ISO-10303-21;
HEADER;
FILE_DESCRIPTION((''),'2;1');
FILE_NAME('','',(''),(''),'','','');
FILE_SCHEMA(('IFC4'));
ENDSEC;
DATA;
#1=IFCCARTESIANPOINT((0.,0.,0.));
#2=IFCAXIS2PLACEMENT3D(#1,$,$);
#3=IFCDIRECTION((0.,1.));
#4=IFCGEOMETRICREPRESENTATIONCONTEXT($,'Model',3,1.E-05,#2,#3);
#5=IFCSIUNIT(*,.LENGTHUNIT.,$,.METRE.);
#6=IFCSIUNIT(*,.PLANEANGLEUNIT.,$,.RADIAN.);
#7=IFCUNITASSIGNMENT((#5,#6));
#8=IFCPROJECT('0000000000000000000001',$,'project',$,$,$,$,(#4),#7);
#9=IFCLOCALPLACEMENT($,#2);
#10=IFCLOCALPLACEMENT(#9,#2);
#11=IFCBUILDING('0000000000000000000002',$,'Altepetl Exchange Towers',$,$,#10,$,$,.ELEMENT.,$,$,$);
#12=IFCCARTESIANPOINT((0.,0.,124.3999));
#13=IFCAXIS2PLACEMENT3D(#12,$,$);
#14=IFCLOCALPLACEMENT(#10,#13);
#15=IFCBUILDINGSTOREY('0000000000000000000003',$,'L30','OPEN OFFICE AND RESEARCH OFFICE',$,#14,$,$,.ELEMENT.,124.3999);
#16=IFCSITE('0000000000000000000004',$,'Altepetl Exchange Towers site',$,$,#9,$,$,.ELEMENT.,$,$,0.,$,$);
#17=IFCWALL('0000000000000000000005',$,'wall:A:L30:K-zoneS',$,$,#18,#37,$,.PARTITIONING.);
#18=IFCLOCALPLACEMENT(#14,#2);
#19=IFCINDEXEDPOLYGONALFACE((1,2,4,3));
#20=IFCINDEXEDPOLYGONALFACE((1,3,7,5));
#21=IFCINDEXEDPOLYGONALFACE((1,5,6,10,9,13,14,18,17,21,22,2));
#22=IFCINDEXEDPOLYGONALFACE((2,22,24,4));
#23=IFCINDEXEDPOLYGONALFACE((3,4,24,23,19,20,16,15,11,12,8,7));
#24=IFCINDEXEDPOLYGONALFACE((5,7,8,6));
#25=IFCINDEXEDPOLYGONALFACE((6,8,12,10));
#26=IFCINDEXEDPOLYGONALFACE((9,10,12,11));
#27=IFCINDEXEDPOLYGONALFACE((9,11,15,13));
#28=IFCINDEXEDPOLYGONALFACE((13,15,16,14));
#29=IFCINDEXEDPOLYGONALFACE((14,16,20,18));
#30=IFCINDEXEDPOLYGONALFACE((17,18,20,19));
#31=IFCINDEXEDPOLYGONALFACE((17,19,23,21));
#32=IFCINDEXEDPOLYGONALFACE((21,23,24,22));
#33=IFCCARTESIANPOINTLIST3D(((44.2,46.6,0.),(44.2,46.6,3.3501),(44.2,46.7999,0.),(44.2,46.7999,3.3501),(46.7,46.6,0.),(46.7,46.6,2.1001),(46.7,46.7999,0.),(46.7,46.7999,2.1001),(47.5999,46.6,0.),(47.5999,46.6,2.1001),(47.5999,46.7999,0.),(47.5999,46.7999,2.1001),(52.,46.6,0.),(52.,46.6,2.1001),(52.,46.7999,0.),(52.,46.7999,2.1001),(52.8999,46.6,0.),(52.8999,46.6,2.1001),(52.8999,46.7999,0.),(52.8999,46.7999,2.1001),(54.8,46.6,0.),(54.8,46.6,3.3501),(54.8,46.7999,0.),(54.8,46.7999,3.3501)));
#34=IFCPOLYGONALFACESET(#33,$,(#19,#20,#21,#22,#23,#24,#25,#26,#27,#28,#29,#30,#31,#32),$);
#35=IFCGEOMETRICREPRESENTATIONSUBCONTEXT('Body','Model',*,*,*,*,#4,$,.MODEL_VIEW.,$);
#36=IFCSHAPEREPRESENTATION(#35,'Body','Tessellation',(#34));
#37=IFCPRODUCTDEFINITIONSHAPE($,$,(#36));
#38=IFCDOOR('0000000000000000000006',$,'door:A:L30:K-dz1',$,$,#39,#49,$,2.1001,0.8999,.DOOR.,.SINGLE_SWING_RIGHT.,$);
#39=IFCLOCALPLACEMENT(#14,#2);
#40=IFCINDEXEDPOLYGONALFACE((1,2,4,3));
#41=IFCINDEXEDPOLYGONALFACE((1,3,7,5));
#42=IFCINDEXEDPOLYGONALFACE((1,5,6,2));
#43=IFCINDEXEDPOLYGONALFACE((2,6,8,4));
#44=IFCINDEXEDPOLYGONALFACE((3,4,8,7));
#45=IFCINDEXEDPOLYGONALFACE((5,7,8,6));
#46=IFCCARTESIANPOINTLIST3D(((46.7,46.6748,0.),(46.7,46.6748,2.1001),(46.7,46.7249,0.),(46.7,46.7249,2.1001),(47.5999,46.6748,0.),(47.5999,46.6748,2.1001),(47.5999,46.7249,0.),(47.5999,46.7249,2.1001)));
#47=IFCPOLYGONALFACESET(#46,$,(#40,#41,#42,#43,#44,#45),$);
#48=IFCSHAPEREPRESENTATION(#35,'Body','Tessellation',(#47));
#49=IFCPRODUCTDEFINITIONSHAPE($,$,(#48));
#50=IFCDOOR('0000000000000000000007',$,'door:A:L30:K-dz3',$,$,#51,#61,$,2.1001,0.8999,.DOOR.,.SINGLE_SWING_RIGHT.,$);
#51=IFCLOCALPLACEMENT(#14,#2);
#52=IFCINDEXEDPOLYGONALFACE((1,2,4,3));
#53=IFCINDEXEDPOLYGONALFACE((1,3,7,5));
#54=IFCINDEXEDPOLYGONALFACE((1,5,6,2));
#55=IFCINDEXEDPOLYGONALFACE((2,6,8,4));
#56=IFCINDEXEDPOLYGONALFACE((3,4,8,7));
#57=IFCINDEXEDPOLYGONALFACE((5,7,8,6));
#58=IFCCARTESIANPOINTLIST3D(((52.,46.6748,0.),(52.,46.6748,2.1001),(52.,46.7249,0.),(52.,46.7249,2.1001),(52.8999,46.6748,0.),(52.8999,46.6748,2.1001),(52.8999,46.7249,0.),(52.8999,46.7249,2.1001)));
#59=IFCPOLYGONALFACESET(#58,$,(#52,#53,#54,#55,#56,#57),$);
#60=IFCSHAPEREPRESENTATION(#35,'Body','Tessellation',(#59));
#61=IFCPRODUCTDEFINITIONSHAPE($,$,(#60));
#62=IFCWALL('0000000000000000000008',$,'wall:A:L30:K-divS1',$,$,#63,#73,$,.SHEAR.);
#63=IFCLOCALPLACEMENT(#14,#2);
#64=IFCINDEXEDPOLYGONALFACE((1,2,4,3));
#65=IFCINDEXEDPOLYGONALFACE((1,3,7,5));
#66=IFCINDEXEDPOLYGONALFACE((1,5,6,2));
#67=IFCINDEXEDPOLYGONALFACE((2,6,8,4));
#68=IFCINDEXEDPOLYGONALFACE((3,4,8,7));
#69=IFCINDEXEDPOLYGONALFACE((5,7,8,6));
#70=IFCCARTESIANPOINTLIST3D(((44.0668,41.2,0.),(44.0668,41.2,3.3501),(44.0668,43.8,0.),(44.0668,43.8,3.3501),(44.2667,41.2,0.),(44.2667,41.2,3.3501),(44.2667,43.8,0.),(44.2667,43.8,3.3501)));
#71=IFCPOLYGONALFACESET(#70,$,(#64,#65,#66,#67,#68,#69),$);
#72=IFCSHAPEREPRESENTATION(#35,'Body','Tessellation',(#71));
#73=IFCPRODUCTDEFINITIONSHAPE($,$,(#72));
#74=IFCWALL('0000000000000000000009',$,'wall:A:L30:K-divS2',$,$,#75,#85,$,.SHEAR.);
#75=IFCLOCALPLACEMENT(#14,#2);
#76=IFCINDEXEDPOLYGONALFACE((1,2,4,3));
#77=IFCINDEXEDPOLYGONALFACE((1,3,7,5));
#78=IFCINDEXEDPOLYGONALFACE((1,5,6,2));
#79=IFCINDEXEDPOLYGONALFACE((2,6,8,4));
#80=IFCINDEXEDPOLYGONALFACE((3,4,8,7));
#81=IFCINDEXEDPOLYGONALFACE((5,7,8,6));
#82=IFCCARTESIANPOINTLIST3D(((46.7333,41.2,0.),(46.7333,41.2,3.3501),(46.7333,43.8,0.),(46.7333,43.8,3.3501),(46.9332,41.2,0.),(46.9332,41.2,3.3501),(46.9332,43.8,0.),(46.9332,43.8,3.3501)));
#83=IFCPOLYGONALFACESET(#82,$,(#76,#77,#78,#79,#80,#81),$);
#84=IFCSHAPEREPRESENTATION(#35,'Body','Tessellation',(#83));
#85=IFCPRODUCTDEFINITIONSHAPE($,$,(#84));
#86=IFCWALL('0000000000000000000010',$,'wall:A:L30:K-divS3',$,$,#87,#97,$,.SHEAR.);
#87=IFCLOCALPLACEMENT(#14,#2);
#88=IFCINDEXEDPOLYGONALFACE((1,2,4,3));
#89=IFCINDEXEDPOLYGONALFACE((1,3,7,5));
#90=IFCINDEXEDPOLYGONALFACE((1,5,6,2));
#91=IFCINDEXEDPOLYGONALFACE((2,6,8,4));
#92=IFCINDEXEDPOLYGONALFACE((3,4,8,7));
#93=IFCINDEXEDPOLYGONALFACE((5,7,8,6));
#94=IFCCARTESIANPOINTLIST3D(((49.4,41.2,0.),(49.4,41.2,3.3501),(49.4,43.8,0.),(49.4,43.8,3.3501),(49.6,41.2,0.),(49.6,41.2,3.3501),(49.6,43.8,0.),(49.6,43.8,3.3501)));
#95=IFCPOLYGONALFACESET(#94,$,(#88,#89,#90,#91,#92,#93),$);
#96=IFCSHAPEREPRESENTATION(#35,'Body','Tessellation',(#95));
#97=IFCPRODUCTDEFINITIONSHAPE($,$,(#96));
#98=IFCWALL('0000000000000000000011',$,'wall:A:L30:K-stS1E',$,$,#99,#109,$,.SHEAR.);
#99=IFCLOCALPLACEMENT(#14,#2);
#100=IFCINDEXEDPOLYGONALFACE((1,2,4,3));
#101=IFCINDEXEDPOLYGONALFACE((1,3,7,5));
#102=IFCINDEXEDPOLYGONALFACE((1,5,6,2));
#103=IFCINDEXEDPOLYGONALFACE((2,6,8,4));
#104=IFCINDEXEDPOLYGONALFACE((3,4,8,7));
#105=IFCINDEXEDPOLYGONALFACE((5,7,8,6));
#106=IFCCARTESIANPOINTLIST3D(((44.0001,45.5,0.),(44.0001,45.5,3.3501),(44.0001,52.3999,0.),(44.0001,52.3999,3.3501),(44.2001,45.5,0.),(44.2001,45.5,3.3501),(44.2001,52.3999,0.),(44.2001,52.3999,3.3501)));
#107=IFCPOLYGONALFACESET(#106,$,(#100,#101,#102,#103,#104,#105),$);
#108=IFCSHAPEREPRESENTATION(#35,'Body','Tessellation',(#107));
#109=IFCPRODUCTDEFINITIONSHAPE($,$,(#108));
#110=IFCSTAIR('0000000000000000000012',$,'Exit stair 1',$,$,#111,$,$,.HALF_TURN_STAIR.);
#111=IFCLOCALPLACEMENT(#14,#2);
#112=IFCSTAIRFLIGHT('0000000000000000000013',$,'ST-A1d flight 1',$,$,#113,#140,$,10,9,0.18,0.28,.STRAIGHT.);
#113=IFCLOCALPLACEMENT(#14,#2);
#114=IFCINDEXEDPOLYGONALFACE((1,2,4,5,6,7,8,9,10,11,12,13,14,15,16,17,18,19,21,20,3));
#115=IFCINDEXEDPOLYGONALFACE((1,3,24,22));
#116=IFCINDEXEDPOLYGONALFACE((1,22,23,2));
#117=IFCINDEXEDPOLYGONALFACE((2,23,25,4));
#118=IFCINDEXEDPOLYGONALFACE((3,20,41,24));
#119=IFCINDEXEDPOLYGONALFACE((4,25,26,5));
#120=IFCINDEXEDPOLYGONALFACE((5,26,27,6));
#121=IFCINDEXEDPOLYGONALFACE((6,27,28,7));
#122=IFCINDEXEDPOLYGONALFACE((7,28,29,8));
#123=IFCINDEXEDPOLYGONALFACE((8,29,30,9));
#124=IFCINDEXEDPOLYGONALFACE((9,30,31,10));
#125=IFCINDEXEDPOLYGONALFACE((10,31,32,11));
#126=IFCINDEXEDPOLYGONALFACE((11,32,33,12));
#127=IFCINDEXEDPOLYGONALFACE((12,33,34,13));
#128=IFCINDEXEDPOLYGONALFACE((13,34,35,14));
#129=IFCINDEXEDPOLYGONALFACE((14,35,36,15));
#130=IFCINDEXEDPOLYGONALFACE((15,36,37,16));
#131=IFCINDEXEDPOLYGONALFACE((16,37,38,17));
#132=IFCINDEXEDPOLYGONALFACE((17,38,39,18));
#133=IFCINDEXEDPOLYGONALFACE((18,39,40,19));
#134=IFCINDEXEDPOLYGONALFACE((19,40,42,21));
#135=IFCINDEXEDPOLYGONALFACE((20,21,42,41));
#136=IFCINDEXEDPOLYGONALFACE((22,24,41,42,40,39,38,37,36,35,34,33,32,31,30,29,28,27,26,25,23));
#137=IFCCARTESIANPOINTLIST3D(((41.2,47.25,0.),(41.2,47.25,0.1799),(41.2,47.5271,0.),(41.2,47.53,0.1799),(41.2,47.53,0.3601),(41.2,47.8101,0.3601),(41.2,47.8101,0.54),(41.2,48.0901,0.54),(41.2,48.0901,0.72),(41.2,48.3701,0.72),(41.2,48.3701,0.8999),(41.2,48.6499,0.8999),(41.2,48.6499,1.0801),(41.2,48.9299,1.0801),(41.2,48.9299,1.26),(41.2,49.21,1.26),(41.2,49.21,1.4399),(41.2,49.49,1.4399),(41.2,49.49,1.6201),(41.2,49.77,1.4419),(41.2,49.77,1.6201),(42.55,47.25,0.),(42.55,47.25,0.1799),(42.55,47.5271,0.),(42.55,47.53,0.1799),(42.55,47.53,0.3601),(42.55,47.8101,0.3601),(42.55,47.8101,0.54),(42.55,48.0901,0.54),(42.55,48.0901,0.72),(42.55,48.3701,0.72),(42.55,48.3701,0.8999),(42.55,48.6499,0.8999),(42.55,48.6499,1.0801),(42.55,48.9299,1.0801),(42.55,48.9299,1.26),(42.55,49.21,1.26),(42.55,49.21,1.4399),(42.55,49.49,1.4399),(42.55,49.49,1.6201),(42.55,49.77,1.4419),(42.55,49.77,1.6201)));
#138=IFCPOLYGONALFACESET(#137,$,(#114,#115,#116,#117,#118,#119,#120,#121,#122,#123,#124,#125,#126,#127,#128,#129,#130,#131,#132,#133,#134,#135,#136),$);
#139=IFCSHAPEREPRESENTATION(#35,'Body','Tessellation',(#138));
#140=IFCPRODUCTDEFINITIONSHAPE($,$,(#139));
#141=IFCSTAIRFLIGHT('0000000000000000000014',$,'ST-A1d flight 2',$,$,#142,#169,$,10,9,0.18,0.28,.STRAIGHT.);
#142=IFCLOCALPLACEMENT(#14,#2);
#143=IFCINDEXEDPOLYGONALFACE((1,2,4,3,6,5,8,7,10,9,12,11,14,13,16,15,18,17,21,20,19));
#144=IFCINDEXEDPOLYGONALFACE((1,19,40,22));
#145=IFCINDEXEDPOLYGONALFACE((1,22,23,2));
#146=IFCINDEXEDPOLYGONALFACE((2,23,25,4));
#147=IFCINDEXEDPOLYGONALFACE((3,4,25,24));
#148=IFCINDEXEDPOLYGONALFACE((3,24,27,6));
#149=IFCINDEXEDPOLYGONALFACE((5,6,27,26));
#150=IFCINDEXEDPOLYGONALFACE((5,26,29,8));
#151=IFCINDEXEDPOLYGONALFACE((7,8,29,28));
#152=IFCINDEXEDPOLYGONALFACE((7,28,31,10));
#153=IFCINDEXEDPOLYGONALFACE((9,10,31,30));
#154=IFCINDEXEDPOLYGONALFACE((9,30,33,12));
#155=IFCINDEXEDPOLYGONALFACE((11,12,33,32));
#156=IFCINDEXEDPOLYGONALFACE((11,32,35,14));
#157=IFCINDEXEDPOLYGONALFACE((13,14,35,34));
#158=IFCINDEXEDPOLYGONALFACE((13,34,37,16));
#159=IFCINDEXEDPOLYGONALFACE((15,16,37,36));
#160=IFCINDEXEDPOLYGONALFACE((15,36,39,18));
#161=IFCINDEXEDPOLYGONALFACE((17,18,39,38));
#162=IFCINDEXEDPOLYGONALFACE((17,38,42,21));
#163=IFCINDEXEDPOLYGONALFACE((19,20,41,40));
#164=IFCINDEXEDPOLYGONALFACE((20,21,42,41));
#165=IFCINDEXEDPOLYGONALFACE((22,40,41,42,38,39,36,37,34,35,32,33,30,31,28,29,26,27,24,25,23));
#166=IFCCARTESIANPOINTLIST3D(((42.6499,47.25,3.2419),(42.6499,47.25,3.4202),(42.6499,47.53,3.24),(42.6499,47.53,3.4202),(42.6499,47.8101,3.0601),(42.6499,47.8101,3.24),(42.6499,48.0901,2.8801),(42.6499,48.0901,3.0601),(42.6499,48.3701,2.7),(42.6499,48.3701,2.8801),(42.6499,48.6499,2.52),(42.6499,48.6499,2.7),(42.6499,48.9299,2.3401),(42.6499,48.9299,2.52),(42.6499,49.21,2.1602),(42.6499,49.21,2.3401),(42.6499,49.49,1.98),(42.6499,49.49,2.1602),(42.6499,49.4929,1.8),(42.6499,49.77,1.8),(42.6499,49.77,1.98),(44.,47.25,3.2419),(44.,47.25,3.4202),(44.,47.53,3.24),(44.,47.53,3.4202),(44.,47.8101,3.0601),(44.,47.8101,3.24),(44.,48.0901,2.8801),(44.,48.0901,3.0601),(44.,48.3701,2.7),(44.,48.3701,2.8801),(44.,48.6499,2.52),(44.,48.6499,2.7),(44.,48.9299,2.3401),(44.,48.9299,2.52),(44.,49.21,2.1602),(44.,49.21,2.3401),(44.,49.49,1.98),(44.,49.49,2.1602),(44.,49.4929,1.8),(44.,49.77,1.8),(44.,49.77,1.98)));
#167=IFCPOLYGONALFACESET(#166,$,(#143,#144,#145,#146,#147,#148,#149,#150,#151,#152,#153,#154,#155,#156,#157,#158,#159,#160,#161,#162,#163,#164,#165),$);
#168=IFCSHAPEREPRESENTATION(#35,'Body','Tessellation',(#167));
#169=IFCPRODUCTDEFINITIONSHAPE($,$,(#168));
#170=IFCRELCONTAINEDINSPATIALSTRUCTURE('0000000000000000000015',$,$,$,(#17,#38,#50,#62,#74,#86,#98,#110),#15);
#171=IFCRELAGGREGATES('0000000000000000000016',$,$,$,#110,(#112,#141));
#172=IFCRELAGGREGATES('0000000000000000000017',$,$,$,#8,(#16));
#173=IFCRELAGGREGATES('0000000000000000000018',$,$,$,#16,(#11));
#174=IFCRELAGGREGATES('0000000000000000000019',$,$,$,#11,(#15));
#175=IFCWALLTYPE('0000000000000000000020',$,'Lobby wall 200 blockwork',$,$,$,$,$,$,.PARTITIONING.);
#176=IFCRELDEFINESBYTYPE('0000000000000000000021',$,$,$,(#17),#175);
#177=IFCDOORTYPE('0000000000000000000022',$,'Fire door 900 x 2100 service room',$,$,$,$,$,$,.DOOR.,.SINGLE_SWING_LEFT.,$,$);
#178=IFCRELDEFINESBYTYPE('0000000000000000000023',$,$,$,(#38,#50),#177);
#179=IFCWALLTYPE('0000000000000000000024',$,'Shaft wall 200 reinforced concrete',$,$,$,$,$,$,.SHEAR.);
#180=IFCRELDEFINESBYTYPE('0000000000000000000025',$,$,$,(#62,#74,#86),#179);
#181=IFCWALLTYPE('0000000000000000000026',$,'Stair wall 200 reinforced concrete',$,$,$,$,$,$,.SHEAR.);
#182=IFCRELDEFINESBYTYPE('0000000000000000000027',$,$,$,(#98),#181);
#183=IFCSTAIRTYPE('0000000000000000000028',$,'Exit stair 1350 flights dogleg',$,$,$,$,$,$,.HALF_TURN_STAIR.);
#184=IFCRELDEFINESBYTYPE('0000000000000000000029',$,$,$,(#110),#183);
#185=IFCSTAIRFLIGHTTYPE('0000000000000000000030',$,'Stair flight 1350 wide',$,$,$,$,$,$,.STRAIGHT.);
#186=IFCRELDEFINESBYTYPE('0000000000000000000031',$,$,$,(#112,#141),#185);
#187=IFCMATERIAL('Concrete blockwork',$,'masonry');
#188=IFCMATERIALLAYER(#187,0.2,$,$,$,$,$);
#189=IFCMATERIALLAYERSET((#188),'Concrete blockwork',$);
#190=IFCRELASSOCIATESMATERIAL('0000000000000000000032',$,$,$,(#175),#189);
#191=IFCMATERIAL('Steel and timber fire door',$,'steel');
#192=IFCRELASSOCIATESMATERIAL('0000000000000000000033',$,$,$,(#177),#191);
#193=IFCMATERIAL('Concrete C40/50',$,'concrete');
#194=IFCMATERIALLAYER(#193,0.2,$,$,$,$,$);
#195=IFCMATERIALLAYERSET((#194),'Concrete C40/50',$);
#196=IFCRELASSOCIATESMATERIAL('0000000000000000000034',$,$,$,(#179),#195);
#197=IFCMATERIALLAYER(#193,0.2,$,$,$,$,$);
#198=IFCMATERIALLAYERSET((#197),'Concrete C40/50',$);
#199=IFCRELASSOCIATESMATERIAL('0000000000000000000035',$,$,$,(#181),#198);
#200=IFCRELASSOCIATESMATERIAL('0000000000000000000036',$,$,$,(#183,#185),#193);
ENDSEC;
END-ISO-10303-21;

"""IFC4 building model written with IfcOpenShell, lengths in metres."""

from ifc_helpers import new_model, si_unit, direction, frame, frame_2d, origin, place, context, subcontext, project, spatial, polyline, rectangle, outline, extrude, material, layer, layer_set, type_object, element, fill, aggregate, save


model = new_model("IFC4")

# Units and contexts
model_context = context("Model", 3, precision=1e-05, world=origin(), true_north=direction((0.0, 1.0)))
body_context = subcontext(model_context, "Body", "Model", "MODEL_VIEW")
ifc_project = project(units=[si_unit("LENGTHUNIT", "METRE"), si_unit("PLANEANGLEUNIT", "RADIAN")], contexts=[model_context])

# Site, building, storey
site_placement = place(None, origin())
site = spatial("IfcSite", under=ifc_project, at=site_placement, Name="Altepetl Exchange Towers site", CompositionType="ELEMENT", RefElevation=0.0)
building_placement = place(site_placement, origin())
building = spatial("IfcBuilding", under=site, at=building_placement, Name="Altepetl Exchange Towers", CompositionType="ELEMENT")
storey_placement = place(building_placement, frame((0.0, 0.0, 124.3999)))
storey = spatial("IfcBuildingStorey", under=building, at=storey_placement, Name="L30", Description="OPEN OFFICE AND RESEARCH OFFICE", CompositionType="ELEMENT", Elevation=124.3999)

# Shared definitions
ifc_material_1 = material(Name="Concrete blockwork", Category="masonry")
ifc_layer_1 = layer(ifc_material_1, 0.2)
ifc_layer_set_1 = layer_set([ifc_layer_1], Name="Concrete blockwork")
wall_type_1 = type_object("IfcWallType", Name="Lobby wall 200 blockwork", PredefinedType="PARTITIONING", material=ifc_layer_set_1)

# Shared definitions
ifc_material_2 = material(Name="Steel and timber fire door", Category="steel")

# Wall, openings, doors
door_type_1 = type_object("IfcDoorType", Name="Fire door 900 x 2100 service room", OperationType="SINGLE_SWING_LEFT", PredefinedType="DOOR", material=ifc_material_2)
wall_1_placement = place(storey_placement, frame((44.2, 46.7, 0.0)))
wall_1 = element("IfcWall", 1, at=wall_1_placement, inside=storey, type_object=wall_type_1, Name="wall:A:L30:K-zoneS", PredefinedType="PARTITIONING", context=body_context, shape_type="SweptSolid", body=[
    extrude(rectangle(XDim=10.6001, YDim=0.2, at=frame_2d((5.3, 0.0))), origin(), (0.0, 0.0, 1.0), 3.3501),
])
opening_1_placement = place(wall_1_placement, frame((2.5, 0.0, 0.0)))
opening_1 = element("IfcOpeningElement", 2, at=opening_1_placement, cuts=wall_1, PredefinedType="OPENING", context=body_context, shape_type="SweptSolid", body=[
    extrude(rectangle(XDim=0.8999, YDim=2.1001, at=frame_2d((0.45, 1.05))), frame((0.0, 0.1099, 0.0), z_axis=(0.0, -1.0, 0.0), x_axis=(1.0, 0.0, 0.0)), (0.0, 0.0, 1.0), 0.22),
])
opening_2_placement = place(wall_1_placement, frame((7.8, 0.0, 0.0)))
opening_2 = element("IfcOpeningElement", 3, at=opening_2_placement, cuts=wall_1, PredefinedType="OPENING", context=body_context, shape_type="SweptSolid", body=[
    extrude(rectangle(XDim=0.8999, YDim=2.1001, at=frame_2d((0.45, 1.05))), frame((0.0, 0.1099, 0.0), z_axis=(0.0, -1.0, 0.0), x_axis=(1.0, 0.0, 0.0)), (0.0, 0.0, 1.0), 0.22),
])
door_1_placement = place(opening_1_placement, origin())
door_1 = element("IfcDoor", 4, at=door_1_placement, inside=storey, type_object=door_type_1, Name="door:A:L30:K-dz1", OperationType="SINGLE_SWING_RIGHT", OverallHeight=2.1001, OverallWidth=0.8999, PredefinedType="DOOR", context=body_context, shape_type="SweptSolid", body=[
    extrude(rectangle(XDim=0.8999, YDim=2.1001, at=frame_2d((0.45, 1.05))), frame((0.0, 0.0249, 0.0), z_axis=(0.0, -1.0, 0.0), x_axis=(1.0, 0.0, 0.0)), (0.0, 0.0, 1.0), 0.05),
])
fill(opening_1, door_1)
door_2_placement = place(opening_2_placement, origin())
door_2 = element("IfcDoor", 5, at=door_2_placement, inside=storey, type_object=door_type_1, Name="door:A:L30:K-dz3", OperationType="SINGLE_SWING_RIGHT", OverallHeight=2.1001, OverallWidth=0.8999, PredefinedType="DOOR", context=body_context, shape_type="SweptSolid", body=[
    extrude(rectangle(XDim=0.8999, YDim=2.1001, at=frame_2d((0.45, 1.05))), frame((0.0, 0.0249, 0.0), z_axis=(0.0, -1.0, 0.0), x_axis=(1.0, 0.0, 0.0)), (0.0, 0.0, 1.0), 0.05),
])
fill(opening_2, door_2)

# Walls
ifc_material_3 = material(Name="Concrete C40/50", Category="concrete")
ifc_layer_2 = layer(ifc_material_3, 0.2)
ifc_layer_set_2 = layer_set([ifc_layer_2], Name="Concrete C40/50")
wall_type_2 = type_object("IfcWallType", Name="Shaft wall 200 reinforced concrete", PredefinedType="SHEAR", material=ifc_layer_set_2)
for number, where, z_axis, x_axis, name in (
    (6, (44.1667, 41.2, 0.0), (0.0, 0.0, 1.0), (0.0, 1.0, 0.0), "wall:A:L30:K-divS1"),
    (7, (46.8333, 41.2, 0.0), (0.0, 0.0, 1.0), (0.0, 1.0, 0.0), "wall:A:L30:K-divS2"),
    (8, (49.5, 41.2, 0.0), (0.0, 0.0, 1.0), (0.0, 1.0, 0.0), "wall:A:L30:K-divS3"),
):
    element("IfcWall", number, at=place(storey_placement, frame(where, z_axis=z_axis, x_axis=x_axis)), inside=storey, type_object=wall_type_2, Name=name, PredefinedType="SHEAR", context=body_context, shape_type="SweptSolid", body=[
        extrude(rectangle(XDim=2.6001, YDim=0.2, at=frame_2d((1.3, 0.0))), origin(), (0.0, 0.0, 1.0), 3.3501),
    ])
ifc_layer_3 = layer(ifc_material_3, 0.2)
ifc_layer_set_3 = layer_set([ifc_layer_3], Name="Concrete C40/50")
wall_type_3 = type_object("IfcWallType", Name="Stair wall 200 reinforced concrete", PredefinedType="SHEAR", material=ifc_layer_set_3)
wall_2_placement = place(storey_placement, frame((44.1001, 45.5, 0.0), z_axis=(0.0, 0.0, 1.0), x_axis=(0.0, 1.0, 0.0)))
element("IfcWall", 9, at=wall_2_placement, inside=storey, type_object=wall_type_3, Name="wall:A:L30:K-stS1E", PredefinedType="SHEAR", context=body_context, shape_type="SweptSolid", body=[
    extrude(rectangle(XDim=6.8999, YDim=0.2, at=frame_2d((3.45, 0.0))), origin(), (0.0, 0.0, 1.0), 3.3501),
])

# Stair, stair flights
stair_type = type_object("IfcStairType", Name="Exit stair 1350 flights dogleg", PredefinedType="HALF_TURN_STAIR", material=ifc_material_3)
stair_placement = place(storey_placement, origin())
stair = element("IfcStair", 10, at=stair_placement, inside=storey, type_object=stair_type, Name="Exit stair 1", PredefinedType="HALF_TURN_STAIR")
stair_flight_type = type_object("IfcStairFlightType", Name="Stair flight 1350 wide", PredefinedType="STRAIGHT", material=ifc_material_3)
stair_flight_1_placement = place(storey_placement, frame((41.875, 47.25, 0.0), z_axis=(0.0, 0.0, 1.0), x_axis=(0.0, 1.0, 0.0)))
stair_flight_1 = element("IfcStairFlight", 11, at=stair_flight_1_placement, type_object=stair_flight_type, Name="ST-A1d flight 1", NumberOfRisers=10, NumberOfTreads=9, PredefinedType="STRAIGHT", RiserHeight=0.18, TreadLength=0.28, context=body_context, shape_type="SweptSolid", body=[
    extrude(outline(polyline([(0.0, 0.0), (0.0, 0.1799), (0.28, 0.1799), (0.28, 0.3601), (0.5601, 0.3601), (0.5601, 0.54), (0.8401, 0.54), (0.8401, 0.72), (1.1201, 0.72), (1.1201, 0.8999), (1.3999, 0.8999), (1.3999, 1.0801), (1.6799, 1.0801), (1.6799, 1.26), (1.96, 1.26), (1.96, 1.4399), (2.24, 1.4399), (2.24, 1.6201), (2.52, 1.6201), (2.52, 1.8), (2.52, 1.4419), (0.2771, 0.0), (0.0, 0.0)])), frame((0.0, 0.675, 0.0), z_axis=(0.0, -1.0, 0.0), x_axis=(1.0, 0.0, 0.0)), (0.0, 0.0, 1.0), 1.3501),
])
stair_flight_2_placement = place(storey_placement, frame((43.325, 49.77, 1.8), z_axis=(0.0, 0.0, 1.0), x_axis=(0.0, -1.0, 0.0)))
stair_flight_2 = element("IfcStairFlight", 12, at=stair_flight_2_placement, type_object=stair_flight_type, Name="ST-A1d flight 2", NumberOfRisers=10, NumberOfTreads=9, PredefinedType="STRAIGHT", RiserHeight=0.18, TreadLength=0.28, context=body_context, shape_type="SweptSolid", body=[
    extrude(outline(polyline([(0.0, 0.0), (0.0, 0.1799), (0.28, 0.1799), (0.28, 0.3601), (0.5601, 0.3601), (0.5601, 0.54), (0.8401, 0.54), (0.8401, 0.72), (1.1201, 0.72), (1.1201, 0.8999), (1.3999, 0.8999), (1.3999, 1.0801), (1.6799, 1.0801), (1.6799, 1.26), (1.96, 1.26), (1.96, 1.4399), (2.24, 1.4399), (2.24, 1.6201), (2.52, 1.6201), (2.52, 1.8), (2.52, 1.4419), (0.2771, 0.0), (0.0, 0.0)])), frame((0.0, 0.675, 0.0), z_axis=(0.0, -1.0, 0.0), x_axis=(1.0, 0.0, 0.0)), (0.0, 0.0, 1.0), 1.3501),
])
aggregate(stair, [stair_flight_1, stair_flight_2])

save(model, "model.ifc")
